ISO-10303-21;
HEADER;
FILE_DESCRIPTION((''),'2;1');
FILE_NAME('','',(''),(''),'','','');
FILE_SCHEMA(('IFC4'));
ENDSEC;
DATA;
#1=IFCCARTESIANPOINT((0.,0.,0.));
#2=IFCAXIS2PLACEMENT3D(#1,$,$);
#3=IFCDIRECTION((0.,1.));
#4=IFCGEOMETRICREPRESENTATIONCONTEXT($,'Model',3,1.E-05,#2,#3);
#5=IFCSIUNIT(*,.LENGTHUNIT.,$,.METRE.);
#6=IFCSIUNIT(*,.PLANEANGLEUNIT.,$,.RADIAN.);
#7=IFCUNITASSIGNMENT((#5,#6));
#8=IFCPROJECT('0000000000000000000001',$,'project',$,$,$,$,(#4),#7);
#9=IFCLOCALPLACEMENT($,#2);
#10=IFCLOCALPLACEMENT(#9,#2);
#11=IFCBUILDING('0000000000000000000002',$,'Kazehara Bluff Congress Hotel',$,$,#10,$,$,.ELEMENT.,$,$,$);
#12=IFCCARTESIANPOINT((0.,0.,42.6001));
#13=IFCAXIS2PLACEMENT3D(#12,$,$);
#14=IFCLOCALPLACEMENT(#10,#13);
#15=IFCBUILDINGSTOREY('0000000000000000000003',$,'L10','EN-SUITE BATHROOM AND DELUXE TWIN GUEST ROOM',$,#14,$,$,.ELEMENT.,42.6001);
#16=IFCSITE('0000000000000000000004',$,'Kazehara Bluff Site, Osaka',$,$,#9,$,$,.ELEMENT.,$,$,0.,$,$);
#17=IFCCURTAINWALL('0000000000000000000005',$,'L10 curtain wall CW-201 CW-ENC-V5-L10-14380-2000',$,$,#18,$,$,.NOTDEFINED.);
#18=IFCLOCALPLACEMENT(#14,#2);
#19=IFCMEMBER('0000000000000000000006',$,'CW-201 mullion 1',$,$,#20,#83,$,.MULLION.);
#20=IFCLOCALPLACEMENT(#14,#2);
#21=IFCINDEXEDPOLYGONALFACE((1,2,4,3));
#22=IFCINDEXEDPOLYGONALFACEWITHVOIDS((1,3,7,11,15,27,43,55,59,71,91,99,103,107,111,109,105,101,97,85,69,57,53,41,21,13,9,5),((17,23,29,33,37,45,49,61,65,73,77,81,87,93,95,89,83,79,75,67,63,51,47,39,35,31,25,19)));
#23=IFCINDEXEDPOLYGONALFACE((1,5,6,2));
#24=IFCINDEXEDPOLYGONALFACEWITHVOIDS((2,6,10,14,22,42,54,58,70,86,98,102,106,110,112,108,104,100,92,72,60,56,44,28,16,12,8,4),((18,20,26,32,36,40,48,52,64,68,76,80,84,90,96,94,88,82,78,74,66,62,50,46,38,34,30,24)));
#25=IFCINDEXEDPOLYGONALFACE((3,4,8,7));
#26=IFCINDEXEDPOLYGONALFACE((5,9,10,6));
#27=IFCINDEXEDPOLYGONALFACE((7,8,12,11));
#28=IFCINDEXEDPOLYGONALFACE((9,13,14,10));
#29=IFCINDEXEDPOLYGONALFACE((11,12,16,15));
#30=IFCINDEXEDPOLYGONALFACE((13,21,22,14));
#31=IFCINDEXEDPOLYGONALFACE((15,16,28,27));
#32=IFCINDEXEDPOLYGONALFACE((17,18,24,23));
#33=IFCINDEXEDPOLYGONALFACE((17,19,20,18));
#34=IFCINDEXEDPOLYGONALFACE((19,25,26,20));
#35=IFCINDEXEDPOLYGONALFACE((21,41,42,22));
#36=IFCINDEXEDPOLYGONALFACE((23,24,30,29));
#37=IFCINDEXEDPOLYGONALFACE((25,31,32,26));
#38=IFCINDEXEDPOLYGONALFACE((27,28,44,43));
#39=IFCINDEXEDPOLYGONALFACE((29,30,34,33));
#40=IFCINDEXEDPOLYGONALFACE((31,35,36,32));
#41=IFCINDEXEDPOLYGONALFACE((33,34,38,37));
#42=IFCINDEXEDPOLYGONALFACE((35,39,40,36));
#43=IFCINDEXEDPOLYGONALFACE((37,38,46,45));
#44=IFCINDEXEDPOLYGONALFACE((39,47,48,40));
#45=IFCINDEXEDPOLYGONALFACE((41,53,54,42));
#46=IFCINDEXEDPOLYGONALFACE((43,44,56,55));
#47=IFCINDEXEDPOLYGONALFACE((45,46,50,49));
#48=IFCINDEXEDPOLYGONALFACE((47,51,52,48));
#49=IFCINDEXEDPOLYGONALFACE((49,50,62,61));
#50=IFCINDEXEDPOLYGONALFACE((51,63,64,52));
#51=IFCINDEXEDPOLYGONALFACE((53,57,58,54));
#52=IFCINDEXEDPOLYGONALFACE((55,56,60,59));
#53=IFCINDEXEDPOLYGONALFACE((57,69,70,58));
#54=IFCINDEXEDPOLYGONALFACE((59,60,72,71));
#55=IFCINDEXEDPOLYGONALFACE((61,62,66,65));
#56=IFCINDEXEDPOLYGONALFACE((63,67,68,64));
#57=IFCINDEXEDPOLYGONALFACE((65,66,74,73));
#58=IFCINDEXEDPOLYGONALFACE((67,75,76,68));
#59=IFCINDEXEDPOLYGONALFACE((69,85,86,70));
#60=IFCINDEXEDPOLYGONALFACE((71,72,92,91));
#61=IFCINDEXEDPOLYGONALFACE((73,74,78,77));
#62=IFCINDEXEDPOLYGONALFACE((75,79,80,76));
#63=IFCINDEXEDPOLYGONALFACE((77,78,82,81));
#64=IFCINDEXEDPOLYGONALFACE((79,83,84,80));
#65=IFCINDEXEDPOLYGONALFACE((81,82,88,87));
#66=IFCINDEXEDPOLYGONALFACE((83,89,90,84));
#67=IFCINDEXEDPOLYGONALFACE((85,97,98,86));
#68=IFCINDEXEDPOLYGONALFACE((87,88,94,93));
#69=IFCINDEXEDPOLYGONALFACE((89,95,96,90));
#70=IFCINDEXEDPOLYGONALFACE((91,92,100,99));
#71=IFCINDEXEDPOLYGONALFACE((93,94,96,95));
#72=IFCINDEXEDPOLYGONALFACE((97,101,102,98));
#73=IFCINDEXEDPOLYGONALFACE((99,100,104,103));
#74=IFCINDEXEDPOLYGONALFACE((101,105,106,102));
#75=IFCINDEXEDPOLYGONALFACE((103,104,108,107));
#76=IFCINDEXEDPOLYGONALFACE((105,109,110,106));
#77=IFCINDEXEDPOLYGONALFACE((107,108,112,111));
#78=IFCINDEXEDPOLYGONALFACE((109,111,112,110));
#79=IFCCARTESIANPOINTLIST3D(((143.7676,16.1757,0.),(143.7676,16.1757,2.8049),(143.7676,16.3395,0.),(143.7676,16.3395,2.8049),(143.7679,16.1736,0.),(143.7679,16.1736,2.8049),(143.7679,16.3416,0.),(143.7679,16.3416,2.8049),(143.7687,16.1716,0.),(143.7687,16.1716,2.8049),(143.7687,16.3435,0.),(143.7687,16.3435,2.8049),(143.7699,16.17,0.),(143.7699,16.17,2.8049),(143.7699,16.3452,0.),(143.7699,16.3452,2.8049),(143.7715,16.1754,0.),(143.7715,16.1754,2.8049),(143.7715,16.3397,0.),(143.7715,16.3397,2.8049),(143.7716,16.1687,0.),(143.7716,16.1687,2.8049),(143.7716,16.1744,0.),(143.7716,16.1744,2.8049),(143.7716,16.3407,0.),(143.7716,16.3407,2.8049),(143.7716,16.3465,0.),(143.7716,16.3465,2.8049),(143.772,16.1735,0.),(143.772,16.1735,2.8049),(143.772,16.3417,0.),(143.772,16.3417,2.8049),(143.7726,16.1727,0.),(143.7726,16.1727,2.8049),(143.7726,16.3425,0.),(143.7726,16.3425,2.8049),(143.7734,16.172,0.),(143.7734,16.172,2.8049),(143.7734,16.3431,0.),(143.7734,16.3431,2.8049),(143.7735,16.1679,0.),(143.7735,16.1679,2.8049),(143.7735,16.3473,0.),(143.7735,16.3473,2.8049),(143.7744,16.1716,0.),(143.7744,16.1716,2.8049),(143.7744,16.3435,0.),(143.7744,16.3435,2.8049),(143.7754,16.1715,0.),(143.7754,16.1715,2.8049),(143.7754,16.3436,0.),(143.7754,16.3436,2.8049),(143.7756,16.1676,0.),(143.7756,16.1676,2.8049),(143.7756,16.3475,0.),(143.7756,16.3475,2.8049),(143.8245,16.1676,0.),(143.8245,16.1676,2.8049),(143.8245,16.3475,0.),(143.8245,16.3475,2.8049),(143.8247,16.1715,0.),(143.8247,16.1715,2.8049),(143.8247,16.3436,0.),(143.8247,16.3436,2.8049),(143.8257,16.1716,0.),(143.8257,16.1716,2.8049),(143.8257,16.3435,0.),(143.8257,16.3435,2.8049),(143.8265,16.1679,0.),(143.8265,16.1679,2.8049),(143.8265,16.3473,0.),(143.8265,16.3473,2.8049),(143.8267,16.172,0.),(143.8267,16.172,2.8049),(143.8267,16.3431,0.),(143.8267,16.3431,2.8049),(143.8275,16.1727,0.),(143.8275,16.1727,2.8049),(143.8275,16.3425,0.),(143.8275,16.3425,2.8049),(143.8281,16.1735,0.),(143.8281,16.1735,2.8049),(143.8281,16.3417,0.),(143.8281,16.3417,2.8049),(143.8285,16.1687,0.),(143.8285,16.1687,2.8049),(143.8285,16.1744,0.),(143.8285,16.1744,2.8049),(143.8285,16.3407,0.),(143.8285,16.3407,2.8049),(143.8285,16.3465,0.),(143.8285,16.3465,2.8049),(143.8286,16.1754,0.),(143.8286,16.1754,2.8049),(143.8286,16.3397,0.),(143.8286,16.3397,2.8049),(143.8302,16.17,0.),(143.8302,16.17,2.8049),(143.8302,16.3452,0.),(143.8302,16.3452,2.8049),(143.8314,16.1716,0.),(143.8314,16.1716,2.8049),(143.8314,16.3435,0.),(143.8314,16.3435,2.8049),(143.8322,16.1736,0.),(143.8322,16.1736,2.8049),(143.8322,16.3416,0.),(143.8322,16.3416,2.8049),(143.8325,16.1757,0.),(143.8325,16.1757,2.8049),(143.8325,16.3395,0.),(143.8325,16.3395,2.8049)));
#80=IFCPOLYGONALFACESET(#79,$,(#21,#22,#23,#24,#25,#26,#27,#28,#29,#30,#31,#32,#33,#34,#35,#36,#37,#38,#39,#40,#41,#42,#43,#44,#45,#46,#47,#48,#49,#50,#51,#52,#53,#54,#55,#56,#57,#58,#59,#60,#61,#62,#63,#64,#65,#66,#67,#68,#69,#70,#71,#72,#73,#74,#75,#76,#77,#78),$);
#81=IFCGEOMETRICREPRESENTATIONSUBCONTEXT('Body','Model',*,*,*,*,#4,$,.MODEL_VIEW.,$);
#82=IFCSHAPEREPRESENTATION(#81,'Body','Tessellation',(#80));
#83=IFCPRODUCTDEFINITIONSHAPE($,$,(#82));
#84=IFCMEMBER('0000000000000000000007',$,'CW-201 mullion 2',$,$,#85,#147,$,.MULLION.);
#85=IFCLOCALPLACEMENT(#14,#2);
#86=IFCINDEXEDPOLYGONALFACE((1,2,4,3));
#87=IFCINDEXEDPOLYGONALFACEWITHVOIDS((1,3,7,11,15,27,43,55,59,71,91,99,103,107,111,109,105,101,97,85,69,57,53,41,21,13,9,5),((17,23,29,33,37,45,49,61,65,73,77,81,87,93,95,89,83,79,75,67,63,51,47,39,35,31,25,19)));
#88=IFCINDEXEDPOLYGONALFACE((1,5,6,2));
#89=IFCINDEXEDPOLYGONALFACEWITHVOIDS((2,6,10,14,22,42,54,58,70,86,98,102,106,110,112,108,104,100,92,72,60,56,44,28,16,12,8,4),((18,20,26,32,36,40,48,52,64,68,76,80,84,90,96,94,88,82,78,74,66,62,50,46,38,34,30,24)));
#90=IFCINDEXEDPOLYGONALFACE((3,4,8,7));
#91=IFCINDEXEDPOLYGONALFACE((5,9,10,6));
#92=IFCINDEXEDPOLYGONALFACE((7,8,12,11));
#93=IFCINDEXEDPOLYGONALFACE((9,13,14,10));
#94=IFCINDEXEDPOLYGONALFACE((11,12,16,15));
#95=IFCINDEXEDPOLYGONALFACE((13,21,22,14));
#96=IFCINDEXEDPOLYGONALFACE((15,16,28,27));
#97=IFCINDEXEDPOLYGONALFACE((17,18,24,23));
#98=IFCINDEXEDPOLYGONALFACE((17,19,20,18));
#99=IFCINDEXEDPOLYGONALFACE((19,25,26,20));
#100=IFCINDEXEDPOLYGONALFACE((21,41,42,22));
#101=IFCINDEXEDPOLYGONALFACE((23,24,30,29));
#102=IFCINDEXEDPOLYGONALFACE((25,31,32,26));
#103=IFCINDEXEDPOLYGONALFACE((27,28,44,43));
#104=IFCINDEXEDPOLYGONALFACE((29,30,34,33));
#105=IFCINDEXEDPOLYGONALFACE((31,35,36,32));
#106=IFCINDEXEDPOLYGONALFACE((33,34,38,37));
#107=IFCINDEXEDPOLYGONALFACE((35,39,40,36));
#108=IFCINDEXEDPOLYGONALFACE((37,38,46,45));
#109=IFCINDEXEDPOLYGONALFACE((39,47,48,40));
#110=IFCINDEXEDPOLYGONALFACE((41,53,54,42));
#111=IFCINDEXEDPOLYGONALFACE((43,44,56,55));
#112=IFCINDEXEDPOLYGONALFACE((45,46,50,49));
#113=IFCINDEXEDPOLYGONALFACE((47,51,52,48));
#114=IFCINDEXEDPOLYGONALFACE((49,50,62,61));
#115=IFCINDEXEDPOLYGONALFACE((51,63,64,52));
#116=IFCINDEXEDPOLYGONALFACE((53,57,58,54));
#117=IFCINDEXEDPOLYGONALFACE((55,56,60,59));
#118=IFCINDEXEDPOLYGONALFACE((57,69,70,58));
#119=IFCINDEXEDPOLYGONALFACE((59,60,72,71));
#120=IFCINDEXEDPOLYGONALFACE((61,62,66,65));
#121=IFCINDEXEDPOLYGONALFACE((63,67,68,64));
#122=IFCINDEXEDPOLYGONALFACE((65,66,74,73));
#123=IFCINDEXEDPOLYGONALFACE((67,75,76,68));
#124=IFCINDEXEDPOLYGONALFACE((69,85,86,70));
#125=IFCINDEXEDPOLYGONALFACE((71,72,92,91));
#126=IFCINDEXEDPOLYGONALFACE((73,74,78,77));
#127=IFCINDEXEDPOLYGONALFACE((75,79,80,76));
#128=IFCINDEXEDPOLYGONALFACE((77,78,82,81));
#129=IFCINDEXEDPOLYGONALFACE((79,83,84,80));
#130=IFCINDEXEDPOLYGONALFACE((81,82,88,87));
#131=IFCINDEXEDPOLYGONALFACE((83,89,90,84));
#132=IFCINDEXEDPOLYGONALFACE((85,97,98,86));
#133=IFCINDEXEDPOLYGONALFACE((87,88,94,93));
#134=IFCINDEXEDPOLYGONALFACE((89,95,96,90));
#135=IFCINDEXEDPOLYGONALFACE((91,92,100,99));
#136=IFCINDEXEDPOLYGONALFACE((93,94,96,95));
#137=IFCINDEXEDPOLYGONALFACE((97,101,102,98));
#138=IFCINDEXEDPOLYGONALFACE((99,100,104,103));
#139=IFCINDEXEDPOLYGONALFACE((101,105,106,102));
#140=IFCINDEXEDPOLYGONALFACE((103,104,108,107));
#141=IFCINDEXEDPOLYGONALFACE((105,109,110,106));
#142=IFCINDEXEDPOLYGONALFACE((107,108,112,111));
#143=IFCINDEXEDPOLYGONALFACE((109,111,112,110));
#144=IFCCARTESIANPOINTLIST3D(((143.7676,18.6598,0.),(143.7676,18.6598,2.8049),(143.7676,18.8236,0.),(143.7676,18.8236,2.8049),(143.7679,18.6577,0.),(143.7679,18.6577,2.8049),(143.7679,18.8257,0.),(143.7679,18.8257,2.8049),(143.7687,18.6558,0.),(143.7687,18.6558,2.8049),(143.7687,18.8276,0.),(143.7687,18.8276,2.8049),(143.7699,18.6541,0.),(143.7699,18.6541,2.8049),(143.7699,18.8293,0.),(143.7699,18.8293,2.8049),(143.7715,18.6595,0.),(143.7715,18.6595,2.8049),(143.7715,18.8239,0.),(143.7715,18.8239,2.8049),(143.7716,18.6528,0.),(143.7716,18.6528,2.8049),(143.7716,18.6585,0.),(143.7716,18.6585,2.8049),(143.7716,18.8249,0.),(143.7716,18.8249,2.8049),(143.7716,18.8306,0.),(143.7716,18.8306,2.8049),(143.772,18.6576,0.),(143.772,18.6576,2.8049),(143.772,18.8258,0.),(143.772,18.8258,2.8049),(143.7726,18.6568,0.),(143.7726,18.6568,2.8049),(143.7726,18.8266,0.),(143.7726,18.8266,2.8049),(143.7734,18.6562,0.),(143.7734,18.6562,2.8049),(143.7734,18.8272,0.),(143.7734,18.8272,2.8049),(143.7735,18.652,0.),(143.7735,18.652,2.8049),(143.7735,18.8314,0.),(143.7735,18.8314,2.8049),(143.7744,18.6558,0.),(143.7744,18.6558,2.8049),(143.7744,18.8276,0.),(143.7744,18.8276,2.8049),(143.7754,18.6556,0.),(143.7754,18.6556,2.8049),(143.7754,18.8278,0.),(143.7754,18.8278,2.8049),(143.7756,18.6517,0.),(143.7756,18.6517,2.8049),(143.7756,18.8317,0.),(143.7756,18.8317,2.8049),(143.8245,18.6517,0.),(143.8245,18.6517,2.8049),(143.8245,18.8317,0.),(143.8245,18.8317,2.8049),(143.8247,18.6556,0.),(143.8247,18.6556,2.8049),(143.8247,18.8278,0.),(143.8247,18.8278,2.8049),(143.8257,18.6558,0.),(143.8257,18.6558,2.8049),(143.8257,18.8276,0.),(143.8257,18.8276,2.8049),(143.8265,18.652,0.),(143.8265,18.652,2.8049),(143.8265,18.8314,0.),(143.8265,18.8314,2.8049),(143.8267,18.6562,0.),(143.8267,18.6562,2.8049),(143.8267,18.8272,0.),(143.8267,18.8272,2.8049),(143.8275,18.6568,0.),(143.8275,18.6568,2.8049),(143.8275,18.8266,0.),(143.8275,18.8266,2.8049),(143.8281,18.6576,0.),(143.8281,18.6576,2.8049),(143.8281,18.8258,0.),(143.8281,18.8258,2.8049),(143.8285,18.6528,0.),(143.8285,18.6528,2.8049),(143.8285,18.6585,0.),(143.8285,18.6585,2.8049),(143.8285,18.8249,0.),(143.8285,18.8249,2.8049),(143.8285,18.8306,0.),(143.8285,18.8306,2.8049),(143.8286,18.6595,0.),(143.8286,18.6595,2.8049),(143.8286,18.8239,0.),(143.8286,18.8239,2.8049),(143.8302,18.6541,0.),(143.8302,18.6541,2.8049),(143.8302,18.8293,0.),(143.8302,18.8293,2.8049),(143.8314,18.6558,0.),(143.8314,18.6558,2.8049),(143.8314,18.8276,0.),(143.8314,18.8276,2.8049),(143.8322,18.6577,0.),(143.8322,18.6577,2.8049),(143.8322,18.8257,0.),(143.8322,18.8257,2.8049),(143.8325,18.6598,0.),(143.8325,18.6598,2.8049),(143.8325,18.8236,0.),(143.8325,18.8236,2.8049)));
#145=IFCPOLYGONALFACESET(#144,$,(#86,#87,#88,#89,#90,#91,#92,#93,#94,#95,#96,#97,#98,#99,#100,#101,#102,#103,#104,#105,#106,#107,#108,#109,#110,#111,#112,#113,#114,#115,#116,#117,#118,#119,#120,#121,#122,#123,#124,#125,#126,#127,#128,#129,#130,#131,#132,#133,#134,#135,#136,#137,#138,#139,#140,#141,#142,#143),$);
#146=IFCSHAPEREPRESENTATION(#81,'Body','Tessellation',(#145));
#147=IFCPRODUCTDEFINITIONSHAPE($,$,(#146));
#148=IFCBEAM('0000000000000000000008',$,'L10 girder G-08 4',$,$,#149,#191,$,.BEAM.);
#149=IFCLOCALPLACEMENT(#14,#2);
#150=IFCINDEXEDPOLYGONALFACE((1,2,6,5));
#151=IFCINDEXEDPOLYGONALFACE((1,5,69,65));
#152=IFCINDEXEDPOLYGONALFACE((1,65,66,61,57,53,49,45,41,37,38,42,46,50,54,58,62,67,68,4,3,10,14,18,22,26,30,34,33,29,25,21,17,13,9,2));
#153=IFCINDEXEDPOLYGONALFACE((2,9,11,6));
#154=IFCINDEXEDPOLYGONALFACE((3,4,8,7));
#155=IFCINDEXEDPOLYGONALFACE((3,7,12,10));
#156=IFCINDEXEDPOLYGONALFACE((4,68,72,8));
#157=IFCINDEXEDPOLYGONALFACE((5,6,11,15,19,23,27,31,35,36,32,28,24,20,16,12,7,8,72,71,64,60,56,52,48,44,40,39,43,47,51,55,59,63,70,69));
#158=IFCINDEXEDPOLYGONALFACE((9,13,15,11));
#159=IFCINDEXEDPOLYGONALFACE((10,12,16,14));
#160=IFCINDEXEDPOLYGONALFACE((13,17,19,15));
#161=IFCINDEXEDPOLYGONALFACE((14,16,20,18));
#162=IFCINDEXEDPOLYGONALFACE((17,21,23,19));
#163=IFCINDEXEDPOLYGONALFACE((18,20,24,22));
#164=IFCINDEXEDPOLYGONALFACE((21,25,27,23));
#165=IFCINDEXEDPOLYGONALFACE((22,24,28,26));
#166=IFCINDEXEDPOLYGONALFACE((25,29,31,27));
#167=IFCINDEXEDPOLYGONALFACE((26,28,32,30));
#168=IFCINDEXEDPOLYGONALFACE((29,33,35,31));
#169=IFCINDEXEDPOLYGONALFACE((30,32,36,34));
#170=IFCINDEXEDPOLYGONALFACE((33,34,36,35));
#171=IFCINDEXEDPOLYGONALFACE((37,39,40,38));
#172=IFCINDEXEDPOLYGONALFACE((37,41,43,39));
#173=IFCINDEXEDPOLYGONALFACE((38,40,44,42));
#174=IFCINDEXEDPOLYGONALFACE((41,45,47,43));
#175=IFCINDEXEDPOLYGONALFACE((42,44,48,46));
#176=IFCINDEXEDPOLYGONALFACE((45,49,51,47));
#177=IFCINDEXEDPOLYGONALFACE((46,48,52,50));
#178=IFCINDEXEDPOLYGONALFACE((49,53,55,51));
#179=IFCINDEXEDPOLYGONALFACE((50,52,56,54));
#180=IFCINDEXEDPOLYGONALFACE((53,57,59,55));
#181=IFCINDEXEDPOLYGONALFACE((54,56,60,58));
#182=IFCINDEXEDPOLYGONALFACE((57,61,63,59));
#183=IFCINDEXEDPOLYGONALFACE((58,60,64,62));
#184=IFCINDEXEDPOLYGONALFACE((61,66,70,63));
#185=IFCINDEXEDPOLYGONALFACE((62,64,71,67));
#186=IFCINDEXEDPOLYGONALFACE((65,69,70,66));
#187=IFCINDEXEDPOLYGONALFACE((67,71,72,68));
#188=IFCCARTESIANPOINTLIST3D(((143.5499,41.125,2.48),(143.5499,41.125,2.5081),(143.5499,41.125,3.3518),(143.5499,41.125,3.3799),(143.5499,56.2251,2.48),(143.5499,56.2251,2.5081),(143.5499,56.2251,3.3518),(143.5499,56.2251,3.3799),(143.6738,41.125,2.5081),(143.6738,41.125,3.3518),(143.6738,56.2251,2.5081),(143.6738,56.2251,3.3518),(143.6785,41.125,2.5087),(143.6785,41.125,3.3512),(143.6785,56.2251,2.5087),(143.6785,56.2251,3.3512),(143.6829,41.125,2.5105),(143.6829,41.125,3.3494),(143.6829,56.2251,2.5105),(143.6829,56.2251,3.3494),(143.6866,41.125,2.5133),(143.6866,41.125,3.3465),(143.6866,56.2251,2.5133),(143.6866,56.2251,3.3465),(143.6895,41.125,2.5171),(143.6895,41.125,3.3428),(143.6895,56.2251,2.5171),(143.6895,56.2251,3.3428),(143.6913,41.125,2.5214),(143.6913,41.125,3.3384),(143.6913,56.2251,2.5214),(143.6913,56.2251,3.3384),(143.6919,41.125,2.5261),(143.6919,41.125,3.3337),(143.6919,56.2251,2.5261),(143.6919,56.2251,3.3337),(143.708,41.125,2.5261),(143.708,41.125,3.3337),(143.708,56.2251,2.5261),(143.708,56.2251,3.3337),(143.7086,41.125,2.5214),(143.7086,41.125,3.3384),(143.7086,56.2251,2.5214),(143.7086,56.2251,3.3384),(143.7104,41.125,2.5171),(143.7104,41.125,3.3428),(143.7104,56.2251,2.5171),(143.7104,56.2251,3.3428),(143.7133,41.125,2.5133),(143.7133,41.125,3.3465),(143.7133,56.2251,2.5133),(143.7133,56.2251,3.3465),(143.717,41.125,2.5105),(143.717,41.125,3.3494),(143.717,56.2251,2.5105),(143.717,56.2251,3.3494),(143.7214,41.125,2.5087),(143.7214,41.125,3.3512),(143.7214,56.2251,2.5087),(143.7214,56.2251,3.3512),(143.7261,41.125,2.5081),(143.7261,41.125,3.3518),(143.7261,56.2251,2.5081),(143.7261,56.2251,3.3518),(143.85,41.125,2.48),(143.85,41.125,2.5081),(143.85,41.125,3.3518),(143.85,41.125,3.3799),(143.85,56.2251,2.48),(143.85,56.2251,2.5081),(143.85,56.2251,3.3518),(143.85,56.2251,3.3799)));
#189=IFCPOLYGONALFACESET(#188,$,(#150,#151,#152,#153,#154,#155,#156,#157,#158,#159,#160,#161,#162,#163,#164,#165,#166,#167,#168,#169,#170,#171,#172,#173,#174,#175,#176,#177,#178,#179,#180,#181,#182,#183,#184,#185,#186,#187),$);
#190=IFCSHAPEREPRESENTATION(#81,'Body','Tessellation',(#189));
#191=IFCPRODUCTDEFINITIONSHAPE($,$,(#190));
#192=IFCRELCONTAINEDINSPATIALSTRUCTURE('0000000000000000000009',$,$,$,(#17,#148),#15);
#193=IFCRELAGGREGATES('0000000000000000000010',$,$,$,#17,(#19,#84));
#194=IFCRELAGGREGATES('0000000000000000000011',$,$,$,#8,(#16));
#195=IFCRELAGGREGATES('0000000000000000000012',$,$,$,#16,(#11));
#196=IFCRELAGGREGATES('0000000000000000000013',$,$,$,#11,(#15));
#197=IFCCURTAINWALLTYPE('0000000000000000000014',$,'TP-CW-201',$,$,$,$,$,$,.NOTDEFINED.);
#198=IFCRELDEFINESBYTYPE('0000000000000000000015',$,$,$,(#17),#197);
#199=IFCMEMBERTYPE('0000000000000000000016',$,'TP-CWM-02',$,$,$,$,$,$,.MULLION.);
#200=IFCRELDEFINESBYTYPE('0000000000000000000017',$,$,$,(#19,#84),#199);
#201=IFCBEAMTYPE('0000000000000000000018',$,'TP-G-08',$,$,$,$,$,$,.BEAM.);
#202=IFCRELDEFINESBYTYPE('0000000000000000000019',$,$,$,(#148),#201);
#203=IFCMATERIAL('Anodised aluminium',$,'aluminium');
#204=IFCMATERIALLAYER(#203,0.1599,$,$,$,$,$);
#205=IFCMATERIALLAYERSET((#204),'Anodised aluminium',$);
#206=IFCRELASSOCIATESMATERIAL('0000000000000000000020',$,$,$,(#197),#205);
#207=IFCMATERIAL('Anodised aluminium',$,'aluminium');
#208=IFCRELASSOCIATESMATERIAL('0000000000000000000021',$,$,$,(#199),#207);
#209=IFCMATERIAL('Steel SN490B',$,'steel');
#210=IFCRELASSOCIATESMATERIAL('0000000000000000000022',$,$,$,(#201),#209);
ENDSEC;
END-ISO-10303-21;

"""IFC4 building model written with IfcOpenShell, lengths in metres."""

from ifc_helpers import new_model, si_unit, direction, frame, origin, origin_2d, place, context, subcontext, project, spatial, hollow_rectangle, i_section, extrude, material, layer, layer_set, material_profile, profile_set, type_object, element, aggregate, save


model = new_model("IFC4")

# Units and contexts
model_context = context("Model", 3, precision=1e-05, world=origin(), true_north=direction((0.0, 1.0)))
body_context = subcontext(model_context, "Body", "Model", "MODEL_VIEW")
ifc_project = project(units=[si_unit("LENGTHUNIT", "METRE"), si_unit("PLANEANGLEUNIT", "RADIAN")], contexts=[model_context])

# Site, building, storey
site_placement = place(None, origin())
site = spatial("IfcSite", under=ifc_project, at=site_placement, Name="Kazehara Bluff Site, Osaka", CompositionType="ELEMENT", RefElevation=0.0)
building_placement = place(site_placement, origin())
building = spatial("IfcBuilding", under=site, at=building_placement, Name="Kazehara Bluff Congress Hotel", CompositionType="ELEMENT")
storey_placement = place(building_placement, frame((0.0, 0.0, 42.6001)))
storey = spatial("IfcBuildingStorey", under=building, at=storey_placement, Name="L10", Description="EN-SUITE BATHROOM AND DELUXE TWIN GUEST ROOM", CompositionType="ELEMENT", Elevation=42.6001)

# Curtain wall, members
ifc_material_1 = material(Name="Anodised aluminium", Category="aluminium")
ifc_layer_1 = layer(ifc_material_1, 0.1599)
ifc_layer_set_1 = layer_set([ifc_layer_1], Name="Anodised aluminium")
curtain_wall_type = type_object("IfcCurtainWallType", Name="TP-CW-201", PredefinedType="NOTDEFINED", material=ifc_layer_set_1)
curtain_wall_placement = place(storey_placement, origin())
curtain_wall = element("IfcCurtainWall", 1, at=curtain_wall_placement, inside=storey, type_object=curtain_wall_type, Name="L10 curtain wall CW-201 CW-ENC-V5-L10-14380-2000", PredefinedType="NOTDEFINED")
ifc_material_2 = material(Name="Anodised aluminium", Category="aluminium")
ifc_material_profile_1 = material_profile(ifc_material_2, hollow_rectangle(XDim=0.0649, YDim=0.1799, WallThickness=0.0039, InnerFilletRadius=0.0039, OuterFilletRadius=0.0081, at=origin_2d()))
ifc_profile_set_1 = profile_set([ifc_material_profile_1], Name="Anodised aluminium")
member_type = type_object("IfcMemberType", Name="TP-CWM-02", PredefinedType="MULLION", material=ifc_profile_set_1)
member_1_placement = place(storey_placement, frame((143.8, 16.2576, 0.0), z_axis=(0.0, 0.0, 1.0), x_axis=(-1.0, 0.0, 0.0)))
member_1 = element("IfcMember", 2, at=member_1_placement, type_object=member_type, Name="CW-201 mullion 1", PredefinedType="MULLION", context=body_context, shape_type="SweptSolid", body=[
    extrude(hollow_rectangle(XDim=0.0649, YDim=0.1799, WallThickness=0.0039, InnerFilletRadius=0.0039, OuterFilletRadius=0.0081, at=origin_2d()), origin(), (0.0, 0.0, 1.0), 2.8049),
])
member_2_placement = place(storey_placement, frame((143.8, 18.7417, 0.0), z_axis=(0.0, 0.0, 1.0), x_axis=(-1.0, 0.0, 0.0)))
member_2 = element("IfcMember", 3, at=member_2_placement, type_object=member_type, Name="CW-201 mullion 2", PredefinedType="MULLION", context=body_context, shape_type="SweptSolid", body=[
    extrude(hollow_rectangle(XDim=0.0649, YDim=0.1799, WallThickness=0.0039, InnerFilletRadius=0.0039, OuterFilletRadius=0.0081, at=origin_2d()), origin(), (0.0, 0.0, 1.0), 2.8049),
])
aggregate(curtain_wall, [member_1, member_2])

# Beam
ifc_material_3 = material(Name="Steel SN490B", Category="steel")
ifc_material_profile_2 = material_profile(ifc_material_3, i_section(OverallWidth=0.3, OverallDepth=0.8999, WebThickness=0.0161, FlangeThickness=0.0281, FilletRadius=0.0181, at=origin_2d()))
ifc_profile_set_2 = profile_set([ifc_material_profile_2], Name="Steel SN490B")
beam_type_1 = type_object("IfcBeamType", Name="TP-G-08", PredefinedType="BEAM", material=ifc_profile_set_2)
beam_1_placement = place(storey_placement, frame((143.7, 41.125, 2.9299), z_axis=(0.0, 1.0, 0.0), x_axis=(-1.0, 0.0, 0.0)))
element("IfcBeam", 4, at=beam_1_placement, inside=storey, type_object=beam_type_1, Name="L10 girder G-08 4", PredefinedType="BEAM", context=body_context, shape_type="SweptSolid", body=[
    extrude(i_section(OverallWidth=0.3, OverallDepth=0.8999, WebThickness=0.0161, FlangeThickness=0.0281, FilletRadius=0.0181, at=origin_2d()), origin(), (0.0, 0.0, 1.0), 15.1001),
])

save(model, "model.ifc")
